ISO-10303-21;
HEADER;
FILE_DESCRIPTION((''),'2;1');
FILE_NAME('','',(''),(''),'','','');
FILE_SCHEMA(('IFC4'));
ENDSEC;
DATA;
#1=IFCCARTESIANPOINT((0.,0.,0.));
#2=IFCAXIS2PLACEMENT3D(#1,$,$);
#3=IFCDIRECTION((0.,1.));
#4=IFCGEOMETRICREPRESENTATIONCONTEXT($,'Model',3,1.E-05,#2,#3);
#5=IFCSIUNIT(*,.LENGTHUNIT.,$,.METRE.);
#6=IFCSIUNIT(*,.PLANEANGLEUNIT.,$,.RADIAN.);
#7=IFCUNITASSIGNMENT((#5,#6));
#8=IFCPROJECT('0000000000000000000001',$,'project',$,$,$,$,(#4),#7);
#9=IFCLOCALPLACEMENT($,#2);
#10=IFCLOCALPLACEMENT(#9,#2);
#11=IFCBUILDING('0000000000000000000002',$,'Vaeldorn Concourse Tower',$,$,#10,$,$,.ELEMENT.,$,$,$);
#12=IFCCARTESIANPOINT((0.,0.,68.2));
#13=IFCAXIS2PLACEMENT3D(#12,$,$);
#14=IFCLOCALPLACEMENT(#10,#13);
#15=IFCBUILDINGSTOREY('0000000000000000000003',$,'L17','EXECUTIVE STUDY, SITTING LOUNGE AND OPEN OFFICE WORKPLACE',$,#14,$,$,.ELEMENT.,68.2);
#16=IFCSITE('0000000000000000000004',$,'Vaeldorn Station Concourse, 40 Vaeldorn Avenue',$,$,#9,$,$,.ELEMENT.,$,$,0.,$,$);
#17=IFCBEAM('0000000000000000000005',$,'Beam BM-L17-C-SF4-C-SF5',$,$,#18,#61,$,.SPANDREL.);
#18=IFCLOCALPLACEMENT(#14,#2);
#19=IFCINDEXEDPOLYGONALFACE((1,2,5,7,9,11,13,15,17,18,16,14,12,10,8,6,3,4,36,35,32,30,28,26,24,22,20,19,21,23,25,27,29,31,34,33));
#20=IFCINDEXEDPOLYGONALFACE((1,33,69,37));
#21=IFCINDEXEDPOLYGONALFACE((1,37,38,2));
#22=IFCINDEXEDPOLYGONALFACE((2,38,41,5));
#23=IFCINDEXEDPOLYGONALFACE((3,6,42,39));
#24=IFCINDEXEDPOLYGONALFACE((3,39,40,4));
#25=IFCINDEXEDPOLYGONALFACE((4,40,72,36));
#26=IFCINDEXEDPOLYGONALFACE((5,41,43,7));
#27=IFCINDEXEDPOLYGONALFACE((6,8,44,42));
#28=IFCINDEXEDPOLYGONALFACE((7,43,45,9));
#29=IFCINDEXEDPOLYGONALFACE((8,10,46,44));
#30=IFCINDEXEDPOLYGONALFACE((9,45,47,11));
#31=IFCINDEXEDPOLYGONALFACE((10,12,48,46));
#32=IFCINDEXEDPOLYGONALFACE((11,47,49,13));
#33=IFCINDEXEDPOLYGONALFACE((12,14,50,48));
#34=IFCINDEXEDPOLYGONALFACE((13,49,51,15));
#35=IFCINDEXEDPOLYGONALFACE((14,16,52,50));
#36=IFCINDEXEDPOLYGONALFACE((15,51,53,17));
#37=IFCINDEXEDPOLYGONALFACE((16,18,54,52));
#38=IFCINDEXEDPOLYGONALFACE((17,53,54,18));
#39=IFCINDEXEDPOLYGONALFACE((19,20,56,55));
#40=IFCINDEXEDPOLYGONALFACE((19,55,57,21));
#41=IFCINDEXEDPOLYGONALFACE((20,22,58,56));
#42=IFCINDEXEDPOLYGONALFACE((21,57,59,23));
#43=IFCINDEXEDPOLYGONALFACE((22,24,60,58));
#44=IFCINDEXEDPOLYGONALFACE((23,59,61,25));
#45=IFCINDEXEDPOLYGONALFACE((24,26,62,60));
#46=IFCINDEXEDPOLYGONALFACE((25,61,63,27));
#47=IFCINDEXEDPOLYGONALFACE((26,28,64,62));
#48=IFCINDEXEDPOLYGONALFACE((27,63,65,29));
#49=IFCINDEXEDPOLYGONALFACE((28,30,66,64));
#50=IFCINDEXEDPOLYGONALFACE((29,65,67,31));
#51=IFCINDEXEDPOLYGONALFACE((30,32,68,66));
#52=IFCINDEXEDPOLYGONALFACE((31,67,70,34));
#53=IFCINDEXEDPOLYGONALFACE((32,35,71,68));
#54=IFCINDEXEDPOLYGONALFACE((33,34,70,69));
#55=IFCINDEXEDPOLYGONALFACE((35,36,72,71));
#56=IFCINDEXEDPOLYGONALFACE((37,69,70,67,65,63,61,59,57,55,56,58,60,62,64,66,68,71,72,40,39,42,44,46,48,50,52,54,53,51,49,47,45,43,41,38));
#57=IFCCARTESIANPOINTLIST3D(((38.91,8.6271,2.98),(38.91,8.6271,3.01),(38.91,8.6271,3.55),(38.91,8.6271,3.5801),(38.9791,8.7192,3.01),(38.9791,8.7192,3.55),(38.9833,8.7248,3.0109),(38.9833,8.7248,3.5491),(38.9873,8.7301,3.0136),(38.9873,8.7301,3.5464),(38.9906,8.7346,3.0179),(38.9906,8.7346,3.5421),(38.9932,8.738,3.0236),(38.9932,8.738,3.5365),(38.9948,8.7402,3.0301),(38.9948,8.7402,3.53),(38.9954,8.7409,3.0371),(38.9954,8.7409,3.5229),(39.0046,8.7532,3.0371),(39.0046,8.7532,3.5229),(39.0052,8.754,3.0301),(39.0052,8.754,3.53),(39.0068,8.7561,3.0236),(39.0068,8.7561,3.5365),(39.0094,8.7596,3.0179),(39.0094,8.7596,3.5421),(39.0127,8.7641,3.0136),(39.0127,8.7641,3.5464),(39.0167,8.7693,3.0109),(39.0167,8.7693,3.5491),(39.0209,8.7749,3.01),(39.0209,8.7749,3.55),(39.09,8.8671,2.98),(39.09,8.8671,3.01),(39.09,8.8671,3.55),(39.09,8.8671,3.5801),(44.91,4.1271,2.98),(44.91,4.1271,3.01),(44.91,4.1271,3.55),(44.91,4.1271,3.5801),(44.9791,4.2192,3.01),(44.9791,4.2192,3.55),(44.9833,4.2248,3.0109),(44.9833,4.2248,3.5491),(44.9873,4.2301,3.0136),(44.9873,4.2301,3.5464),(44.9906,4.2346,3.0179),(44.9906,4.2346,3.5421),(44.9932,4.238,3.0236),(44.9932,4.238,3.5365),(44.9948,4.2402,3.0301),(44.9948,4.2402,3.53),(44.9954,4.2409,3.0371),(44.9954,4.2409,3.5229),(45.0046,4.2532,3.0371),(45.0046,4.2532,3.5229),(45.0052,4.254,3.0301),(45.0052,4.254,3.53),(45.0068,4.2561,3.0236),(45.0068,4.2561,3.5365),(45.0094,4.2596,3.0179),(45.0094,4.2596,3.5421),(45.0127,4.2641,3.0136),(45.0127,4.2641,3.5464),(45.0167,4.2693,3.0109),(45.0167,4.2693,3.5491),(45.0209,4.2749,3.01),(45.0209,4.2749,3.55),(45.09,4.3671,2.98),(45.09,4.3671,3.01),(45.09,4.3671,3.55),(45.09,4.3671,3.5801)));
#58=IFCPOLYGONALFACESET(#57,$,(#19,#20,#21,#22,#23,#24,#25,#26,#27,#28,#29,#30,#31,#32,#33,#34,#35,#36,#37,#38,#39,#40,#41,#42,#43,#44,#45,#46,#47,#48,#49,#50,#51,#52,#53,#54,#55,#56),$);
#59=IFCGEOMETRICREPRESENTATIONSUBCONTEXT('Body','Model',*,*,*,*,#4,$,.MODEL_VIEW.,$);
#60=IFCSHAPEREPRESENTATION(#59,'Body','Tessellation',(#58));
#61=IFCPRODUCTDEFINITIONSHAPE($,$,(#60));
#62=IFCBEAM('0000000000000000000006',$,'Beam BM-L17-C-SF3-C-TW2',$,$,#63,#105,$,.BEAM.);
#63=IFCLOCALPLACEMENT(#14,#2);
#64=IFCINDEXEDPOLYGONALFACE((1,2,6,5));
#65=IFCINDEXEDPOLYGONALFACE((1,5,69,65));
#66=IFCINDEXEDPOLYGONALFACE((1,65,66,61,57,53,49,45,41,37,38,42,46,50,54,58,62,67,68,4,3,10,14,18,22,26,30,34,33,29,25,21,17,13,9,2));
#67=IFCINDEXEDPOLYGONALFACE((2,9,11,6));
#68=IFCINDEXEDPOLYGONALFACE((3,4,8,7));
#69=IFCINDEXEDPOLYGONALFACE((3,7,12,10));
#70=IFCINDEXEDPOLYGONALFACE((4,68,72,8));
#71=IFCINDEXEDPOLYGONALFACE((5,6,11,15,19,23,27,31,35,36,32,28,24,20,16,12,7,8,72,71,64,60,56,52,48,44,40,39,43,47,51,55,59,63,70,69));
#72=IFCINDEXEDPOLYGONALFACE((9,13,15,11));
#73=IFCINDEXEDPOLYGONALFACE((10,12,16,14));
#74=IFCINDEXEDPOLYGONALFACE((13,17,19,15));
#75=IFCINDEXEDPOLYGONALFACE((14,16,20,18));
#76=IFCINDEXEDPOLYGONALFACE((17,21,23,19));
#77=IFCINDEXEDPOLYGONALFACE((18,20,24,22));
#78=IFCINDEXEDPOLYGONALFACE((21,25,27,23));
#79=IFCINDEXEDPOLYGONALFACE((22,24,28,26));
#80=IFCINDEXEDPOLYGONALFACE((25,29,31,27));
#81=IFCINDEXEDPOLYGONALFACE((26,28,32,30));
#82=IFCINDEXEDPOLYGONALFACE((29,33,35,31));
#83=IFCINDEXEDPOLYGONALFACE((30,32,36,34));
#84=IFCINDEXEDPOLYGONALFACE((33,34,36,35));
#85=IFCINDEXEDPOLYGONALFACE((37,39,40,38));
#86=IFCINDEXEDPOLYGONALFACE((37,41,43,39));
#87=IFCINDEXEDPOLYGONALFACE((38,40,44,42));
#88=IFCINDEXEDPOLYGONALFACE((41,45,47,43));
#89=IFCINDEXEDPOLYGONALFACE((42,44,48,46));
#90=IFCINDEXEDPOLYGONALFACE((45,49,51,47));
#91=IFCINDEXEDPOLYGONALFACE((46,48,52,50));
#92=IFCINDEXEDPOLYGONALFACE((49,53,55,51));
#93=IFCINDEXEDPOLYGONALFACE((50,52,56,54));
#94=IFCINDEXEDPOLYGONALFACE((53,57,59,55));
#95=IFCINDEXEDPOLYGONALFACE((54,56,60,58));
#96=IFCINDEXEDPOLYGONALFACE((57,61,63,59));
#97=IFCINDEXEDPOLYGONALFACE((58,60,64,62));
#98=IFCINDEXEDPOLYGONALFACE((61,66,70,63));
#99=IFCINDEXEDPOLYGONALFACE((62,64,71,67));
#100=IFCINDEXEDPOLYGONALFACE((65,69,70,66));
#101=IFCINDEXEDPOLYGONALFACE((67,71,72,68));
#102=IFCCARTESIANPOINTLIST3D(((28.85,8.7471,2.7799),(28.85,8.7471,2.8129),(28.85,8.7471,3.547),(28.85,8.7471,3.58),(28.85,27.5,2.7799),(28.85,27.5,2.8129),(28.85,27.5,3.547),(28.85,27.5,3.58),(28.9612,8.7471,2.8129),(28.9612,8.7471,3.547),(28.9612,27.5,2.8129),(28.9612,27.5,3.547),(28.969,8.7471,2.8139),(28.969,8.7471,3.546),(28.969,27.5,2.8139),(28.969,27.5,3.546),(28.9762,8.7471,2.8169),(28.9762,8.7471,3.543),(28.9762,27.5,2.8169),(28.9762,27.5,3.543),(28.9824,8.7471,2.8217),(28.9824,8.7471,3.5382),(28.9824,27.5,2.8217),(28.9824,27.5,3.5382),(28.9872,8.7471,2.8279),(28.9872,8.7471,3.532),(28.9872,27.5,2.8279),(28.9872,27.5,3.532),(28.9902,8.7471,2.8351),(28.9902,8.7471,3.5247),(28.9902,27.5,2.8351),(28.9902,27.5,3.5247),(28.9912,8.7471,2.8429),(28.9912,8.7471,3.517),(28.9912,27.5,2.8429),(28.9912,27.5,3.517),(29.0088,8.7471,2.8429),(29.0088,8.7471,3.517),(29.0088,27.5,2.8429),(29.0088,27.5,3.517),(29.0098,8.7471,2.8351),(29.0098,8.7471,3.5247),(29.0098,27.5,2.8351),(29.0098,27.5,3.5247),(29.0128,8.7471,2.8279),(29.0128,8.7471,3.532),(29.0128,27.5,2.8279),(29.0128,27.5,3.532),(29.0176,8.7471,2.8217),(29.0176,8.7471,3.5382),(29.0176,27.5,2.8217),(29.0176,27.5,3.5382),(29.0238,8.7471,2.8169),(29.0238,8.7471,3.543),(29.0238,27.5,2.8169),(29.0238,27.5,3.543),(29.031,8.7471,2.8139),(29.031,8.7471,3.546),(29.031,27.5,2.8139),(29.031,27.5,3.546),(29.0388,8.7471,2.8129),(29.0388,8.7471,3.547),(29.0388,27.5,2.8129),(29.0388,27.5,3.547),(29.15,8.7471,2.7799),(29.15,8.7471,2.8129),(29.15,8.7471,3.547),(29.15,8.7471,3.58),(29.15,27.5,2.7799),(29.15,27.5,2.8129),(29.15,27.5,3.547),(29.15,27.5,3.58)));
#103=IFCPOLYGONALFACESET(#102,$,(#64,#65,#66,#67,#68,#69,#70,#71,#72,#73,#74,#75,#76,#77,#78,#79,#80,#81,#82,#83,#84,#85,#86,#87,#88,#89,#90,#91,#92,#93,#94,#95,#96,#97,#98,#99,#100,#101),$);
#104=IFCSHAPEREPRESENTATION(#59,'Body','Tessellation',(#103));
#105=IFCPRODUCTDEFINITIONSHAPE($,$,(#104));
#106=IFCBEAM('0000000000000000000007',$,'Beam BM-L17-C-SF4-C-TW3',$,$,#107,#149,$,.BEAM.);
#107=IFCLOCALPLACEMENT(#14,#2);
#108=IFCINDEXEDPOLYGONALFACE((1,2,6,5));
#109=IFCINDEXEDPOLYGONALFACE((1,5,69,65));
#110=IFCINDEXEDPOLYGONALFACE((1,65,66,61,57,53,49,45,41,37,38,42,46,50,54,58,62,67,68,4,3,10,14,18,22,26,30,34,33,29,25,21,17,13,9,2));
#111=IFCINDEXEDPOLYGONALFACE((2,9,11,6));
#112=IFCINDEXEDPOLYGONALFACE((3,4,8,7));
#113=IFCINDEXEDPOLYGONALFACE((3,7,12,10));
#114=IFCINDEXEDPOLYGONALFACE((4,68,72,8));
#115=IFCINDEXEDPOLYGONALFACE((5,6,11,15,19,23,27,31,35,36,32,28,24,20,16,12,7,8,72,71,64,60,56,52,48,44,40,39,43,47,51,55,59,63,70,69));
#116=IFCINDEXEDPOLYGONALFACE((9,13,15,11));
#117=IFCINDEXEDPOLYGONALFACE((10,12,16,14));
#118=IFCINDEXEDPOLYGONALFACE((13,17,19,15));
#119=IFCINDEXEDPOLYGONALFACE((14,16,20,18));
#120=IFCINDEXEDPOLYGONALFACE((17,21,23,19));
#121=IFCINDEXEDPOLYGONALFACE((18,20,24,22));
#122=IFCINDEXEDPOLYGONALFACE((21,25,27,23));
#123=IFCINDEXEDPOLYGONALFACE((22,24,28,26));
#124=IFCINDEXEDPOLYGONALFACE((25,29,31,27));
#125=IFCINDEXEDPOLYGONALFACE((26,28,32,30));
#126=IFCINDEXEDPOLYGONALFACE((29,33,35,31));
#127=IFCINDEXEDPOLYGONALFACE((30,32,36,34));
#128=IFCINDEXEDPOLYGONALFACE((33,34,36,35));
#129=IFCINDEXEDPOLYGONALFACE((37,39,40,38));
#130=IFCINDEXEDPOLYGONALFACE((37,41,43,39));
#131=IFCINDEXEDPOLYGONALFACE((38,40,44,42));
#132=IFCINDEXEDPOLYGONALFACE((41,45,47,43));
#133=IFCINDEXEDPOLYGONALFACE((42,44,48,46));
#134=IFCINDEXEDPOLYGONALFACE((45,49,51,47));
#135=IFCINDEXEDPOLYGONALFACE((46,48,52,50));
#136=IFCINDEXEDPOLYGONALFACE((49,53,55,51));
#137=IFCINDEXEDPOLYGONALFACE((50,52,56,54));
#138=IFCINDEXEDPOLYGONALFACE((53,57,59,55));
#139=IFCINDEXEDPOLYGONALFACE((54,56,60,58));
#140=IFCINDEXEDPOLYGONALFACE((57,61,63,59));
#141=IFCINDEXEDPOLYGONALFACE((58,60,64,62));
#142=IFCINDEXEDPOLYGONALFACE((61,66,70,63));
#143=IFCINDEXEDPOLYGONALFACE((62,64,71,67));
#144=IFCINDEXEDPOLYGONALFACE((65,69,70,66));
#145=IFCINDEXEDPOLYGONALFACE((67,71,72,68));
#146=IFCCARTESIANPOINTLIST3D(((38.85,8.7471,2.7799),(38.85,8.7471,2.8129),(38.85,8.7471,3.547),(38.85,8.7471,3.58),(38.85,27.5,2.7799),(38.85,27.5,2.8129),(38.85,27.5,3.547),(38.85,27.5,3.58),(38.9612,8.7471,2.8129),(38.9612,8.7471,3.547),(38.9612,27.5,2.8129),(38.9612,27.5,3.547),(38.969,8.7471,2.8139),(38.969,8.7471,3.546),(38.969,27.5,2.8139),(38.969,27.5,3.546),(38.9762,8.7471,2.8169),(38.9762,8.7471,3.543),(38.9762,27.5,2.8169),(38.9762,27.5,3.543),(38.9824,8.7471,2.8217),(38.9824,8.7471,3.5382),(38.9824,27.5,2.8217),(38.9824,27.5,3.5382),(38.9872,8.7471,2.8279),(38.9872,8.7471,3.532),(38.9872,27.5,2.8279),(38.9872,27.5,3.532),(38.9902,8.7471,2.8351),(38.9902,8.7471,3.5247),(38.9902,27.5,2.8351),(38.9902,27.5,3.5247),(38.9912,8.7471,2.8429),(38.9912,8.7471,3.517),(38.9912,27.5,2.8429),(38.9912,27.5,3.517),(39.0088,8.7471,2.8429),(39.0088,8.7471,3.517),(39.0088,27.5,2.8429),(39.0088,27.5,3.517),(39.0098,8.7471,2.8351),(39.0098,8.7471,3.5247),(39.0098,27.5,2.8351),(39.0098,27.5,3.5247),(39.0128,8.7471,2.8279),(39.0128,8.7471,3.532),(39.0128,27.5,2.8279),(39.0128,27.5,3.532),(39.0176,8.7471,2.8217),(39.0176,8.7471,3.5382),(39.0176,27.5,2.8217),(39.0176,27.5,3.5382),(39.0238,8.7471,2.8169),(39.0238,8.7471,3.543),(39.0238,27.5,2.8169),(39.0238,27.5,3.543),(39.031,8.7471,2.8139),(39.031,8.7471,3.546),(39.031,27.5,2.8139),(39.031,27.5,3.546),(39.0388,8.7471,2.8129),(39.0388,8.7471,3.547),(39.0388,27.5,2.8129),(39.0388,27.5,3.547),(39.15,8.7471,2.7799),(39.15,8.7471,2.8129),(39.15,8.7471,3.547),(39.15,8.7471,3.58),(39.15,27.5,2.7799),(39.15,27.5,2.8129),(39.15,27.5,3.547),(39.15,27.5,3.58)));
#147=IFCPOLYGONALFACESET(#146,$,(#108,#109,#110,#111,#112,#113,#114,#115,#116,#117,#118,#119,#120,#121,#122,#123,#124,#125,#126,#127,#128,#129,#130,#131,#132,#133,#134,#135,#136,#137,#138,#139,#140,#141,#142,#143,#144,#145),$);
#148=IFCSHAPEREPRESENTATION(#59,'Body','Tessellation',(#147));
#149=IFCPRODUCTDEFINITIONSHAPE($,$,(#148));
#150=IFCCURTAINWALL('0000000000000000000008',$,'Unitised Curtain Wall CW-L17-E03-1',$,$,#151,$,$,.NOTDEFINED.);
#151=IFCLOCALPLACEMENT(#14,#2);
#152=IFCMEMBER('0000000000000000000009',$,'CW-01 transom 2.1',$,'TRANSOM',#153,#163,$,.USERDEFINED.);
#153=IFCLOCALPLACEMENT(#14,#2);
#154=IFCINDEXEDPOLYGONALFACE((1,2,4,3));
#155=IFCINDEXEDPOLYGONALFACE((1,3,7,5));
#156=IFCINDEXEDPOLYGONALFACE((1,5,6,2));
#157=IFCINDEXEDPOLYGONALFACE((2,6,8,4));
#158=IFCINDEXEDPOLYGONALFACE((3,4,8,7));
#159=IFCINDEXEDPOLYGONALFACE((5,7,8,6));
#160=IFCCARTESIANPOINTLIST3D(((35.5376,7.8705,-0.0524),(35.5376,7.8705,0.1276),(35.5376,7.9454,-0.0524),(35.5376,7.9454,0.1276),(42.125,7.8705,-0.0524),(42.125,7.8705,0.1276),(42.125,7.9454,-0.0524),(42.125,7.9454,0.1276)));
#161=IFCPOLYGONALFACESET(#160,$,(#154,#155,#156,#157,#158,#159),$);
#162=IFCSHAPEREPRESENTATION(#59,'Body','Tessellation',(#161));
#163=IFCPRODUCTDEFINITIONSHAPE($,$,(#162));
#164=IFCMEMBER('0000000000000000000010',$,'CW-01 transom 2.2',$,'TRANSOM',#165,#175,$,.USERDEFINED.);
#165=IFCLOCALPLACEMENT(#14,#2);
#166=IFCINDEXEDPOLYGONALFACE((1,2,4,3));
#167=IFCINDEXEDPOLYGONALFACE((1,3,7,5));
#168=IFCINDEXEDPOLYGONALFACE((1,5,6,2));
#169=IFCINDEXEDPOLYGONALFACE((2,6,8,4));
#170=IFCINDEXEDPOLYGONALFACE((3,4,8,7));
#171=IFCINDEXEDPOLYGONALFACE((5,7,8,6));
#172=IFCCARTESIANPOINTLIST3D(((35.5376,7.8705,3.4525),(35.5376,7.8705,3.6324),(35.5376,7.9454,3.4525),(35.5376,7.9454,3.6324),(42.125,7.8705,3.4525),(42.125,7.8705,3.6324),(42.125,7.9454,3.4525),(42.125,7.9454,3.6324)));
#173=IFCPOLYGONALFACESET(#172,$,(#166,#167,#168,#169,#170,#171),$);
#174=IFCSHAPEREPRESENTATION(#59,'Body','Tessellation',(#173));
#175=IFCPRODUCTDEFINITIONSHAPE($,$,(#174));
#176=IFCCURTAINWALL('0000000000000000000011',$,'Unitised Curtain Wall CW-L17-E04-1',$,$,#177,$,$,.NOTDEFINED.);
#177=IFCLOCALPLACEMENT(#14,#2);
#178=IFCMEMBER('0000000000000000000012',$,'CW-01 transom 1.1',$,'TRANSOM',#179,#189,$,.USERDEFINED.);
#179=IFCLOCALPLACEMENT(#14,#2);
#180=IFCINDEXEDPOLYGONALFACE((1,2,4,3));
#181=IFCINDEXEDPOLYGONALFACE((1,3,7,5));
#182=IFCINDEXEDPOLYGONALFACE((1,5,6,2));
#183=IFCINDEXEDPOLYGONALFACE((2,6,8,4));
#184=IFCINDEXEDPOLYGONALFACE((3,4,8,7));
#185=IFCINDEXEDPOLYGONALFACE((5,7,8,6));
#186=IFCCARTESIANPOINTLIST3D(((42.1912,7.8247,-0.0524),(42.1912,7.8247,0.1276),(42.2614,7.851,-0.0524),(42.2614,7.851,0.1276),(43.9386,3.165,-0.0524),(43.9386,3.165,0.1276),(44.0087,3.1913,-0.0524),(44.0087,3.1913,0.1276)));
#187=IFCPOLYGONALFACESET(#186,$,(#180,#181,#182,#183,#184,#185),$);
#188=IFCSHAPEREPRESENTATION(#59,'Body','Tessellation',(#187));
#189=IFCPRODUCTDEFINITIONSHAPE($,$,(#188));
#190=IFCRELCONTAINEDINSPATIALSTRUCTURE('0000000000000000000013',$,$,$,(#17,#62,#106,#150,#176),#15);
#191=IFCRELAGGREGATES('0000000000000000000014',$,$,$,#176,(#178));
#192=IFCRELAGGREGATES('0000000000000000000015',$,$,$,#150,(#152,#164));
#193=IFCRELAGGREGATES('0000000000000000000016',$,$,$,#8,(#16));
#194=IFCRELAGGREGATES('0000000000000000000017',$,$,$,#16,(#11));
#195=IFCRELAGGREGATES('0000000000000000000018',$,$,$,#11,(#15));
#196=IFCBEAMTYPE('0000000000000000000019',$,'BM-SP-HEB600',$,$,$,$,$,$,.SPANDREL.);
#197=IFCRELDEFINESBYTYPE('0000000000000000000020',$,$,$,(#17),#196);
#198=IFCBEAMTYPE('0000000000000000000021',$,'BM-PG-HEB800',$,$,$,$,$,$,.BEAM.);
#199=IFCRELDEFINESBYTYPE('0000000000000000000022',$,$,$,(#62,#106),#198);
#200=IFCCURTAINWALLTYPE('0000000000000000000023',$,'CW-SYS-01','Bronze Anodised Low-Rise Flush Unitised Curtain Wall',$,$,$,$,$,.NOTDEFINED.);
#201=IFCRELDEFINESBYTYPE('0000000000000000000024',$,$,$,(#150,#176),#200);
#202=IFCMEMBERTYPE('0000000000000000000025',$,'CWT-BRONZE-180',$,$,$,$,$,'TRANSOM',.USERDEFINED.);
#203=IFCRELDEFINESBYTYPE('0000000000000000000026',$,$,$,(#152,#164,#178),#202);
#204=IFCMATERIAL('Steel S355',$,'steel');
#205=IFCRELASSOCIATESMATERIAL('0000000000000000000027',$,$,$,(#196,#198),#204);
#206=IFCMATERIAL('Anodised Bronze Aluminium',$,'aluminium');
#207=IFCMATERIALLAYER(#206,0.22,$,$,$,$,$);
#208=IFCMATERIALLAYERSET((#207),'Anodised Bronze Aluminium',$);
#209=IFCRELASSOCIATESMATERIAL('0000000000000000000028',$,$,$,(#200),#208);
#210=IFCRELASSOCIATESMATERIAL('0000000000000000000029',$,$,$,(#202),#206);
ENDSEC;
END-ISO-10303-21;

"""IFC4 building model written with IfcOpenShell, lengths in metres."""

from ifc_helpers import new_model, si_unit, direction, frame, origin, origin_2d, place, context, subcontext, project, spatial, rectangle, i_section, extrude, source, transform, mapped, material, layer, layer_set, material_profile, profile_set, type_object, element, aggregate, save


model = new_model("IFC4")

# Units and contexts
model_context = context("Model", 3, precision=1e-05, world=origin(), true_north=direction((0.0, 1.0)))
body_context = subcontext(model_context, "Body", "Model", "MODEL_VIEW")
ifc_project = project(units=[si_unit("LENGTHUNIT", "METRE"), si_unit("PLANEANGLEUNIT", "RADIAN")], contexts=[model_context])

# Site, building, storey
site_placement = place(None, origin())
site = spatial("IfcSite", under=ifc_project, at=site_placement, Name="Vaeldorn Station Concourse, 40 Vaeldorn Avenue", CompositionType="ELEMENT", RefElevation=0.0)
building_placement = place(site_placement, origin())
building = spatial("IfcBuilding", under=site, at=building_placement, Name="Vaeldorn Concourse Tower", CompositionType="ELEMENT")
storey_placement = place(building_placement, frame((0.0, 0.0, 68.2)))
storey = spatial("IfcBuildingStorey", under=building, at=storey_placement, Name="L17", Description="EXECUTIVE STUDY, SITTING LOUNGE AND OPEN OFFICE WORKPLACE", CompositionType="ELEMENT", Elevation=68.2)

# Beams
ifc_material_1 = material(Name="Steel S355", Category="steel")
ifc_material_profile_1 = material_profile(ifc_material_1, i_section(OverallWidth=0.3, OverallDepth=0.6001, WebThickness=0.0154, FlangeThickness=0.03, FilletRadius=0.0271, at=origin_2d()), Name="HEB 600")
ifc_profile_set_1 = profile_set([ifc_material_profile_1], Name="Steel S355")
beam_type_1 = type_object("IfcBeamType", Name="BM-SP-HEB600", PredefinedType="SPANDREL", material=ifc_profile_set_1)
shared_shape_1 = source(origin(), body_context, "Body", "SweptSolid", [
    extrude(i_section(OverallWidth=0.3, OverallDepth=0.6001, WebThickness=0.0154, FlangeThickness=0.03, FilletRadius=0.0271, at=origin_2d()), origin(), (0.0, 0.0, 1.0), 7.5),
])
beam_1_placement = place(storey_placement, frame((39.0, 8.7471, 3.28), z_axis=(0.8, -0.6, 0.0), x_axis=(0.6, 0.8, 0.0)))
element("IfcBeam", 1, at=beam_1_placement, inside=storey, type_object=beam_type_1, Name="Beam BM-L17-C-SF4-C-SF5", PredefinedType="SPANDREL", context=body_context, shape_type="MappedRepresentation", body=[
    mapped(shared_shape_1, transform((0.0, 0.0, 0.0), scale=1.0)),
])
ifc_material_profile_2 = material_profile(ifc_material_1, i_section(OverallWidth=0.3, OverallDepth=0.8, WebThickness=0.0176, FlangeThickness=0.033, FilletRadius=0.03, at=origin_2d()), Name="HEB 800")
ifc_profile_set_2 = profile_set([ifc_material_profile_2], Name="Steel S355")
beam_type_2 = type_object("IfcBeamType", Name="BM-PG-HEB800", PredefinedType="BEAM", material=ifc_profile_set_2)
shared_shape_2 = source(origin(), body_context, "Body", "SweptSolid", [
    extrude(i_section(OverallWidth=0.3, OverallDepth=0.8, WebThickness=0.0176, FlangeThickness=0.033, FilletRadius=0.03, at=origin_2d()), origin(), (0.0, 0.0, 1.0), 18.7529),
])
for number, where, z_axis, x_axis, name in (
    (2, (29.0, 8.7471, 3.1799), (0.0, 1.0, 0.0), (-1.0, 0.0, 0.0), "Beam BM-L17-C-SF3-C-TW2"),
    (3, (39.0, 8.7471, 3.1799), (0.0, 1.0, 0.0), (-1.0, 0.0, 0.0), "Beam BM-L17-C-SF4-C-TW3"),
):
    element("IfcBeam", number, at=place(storey_placement, frame(where, z_axis=z_axis, x_axis=x_axis)), inside=storey, type_object=beam_type_2, Name=name, PredefinedType="BEAM", context=body_context, shape_type="MappedRepresentation", body=[
        mapped(shared_shape_2, transform((0.0, 0.0, 0.0), scale=1.0)),
    ])

# Curtain walls, members
ifc_material_2 = material(Name="Anodised Bronze Aluminium", Category="aluminium")
ifc_layer_1 = layer(ifc_material_2, 0.22)
ifc_layer_set_1 = layer_set([ifc_layer_1], Name="Anodised Bronze Aluminium")
curtain_wall_type = type_object("IfcCurtainWallType", Name="CW-SYS-01", Description="Bronze Anodised Low-Rise Flush Unitised Curtain Wall", PredefinedType="NOTDEFINED", material=ifc_layer_set_1)
curtain_wall_1_placement = place(storey_placement, origin())
curtain_wall_1 = element("IfcCurtainWall", 4, at=curtain_wall_1_placement, inside=storey, type_object=curtain_wall_type, Name="Unitised Curtain Wall CW-L17-E03-1", PredefinedType="NOTDEFINED")
ifc_material_profile_3 = material_profile(ifc_material_2, rectangle(XDim=0.075, YDim=0.1799, at=origin_2d()), Name="CWT 75x180")
ifc_profile_set_3 = profile_set([ifc_material_profile_3], Name="Anodised Bronze Aluminium")
member_type_1 = type_object("IfcMemberType", Name="CWT-BRONZE-180", ElementType="TRANSOM", PredefinedType="USERDEFINED", material=ifc_profile_set_3)
shared_shape_3 = source(origin(), body_context, "Body", "SweptSolid", [
    extrude(rectangle(XDim=0.075, YDim=0.1799, at=origin_2d()), origin(), (0.0, 0.0, 1.0), 6.5874),
])
member_1_placement = place(storey_placement, frame((35.5376, 7.908, 0.0376), z_axis=(1.0, 0.0, 0.0), x_axis=(0.0, 1.0, 0.0)))
member_1 = element("IfcMember", 5, at=member_1_placement, type_object=member_type_1, Name="CW-01 transom 2.1", ObjectType="TRANSOM", PredefinedType="USERDEFINED", context=body_context, shape_type="MappedRepresentation", body=[
    mapped(shared_shape_3, transform((0.0, 0.0, 0.0), scale=1.0)),
])
member_2_placement = place(storey_placement, frame((35.5376, 7.908, 3.5425), z_axis=(1.0, 0.0, 0.0), x_axis=(0.0, 1.0, 0.0)))
member_2 = element("IfcMember", 6, at=member_2_placement, type_object=member_type_1, Name="CW-01 transom 2.2", ObjectType="TRANSOM", PredefinedType="USERDEFINED", context=body_context, shape_type="MappedRepresentation", body=[
    mapped(shared_shape_3, transform((0.0, 0.0, 0.0), scale=1.0)),
])
curtain_wall_2_placement = place(storey_placement, origin())
curtain_wall_2 = element("IfcCurtainWall", 7, at=curtain_wall_2_placement, inside=storey, type_object=curtain_wall_type, Name="Unitised Curtain Wall CW-L17-E04-1", PredefinedType="NOTDEFINED")
shared_shape_4 = source(origin(), body_context, "Body", "SweptSolid", [
    extrude(rectangle(XDim=0.075, YDim=0.1799, at=origin_2d()), origin(), (0.0, 0.0, 1.0), 4.9766),
])
member_3_placement = place(storey_placement, frame((42.2263, 7.8379, 0.0376), z_axis=(0.351113, -0.936333, 0.0), x_axis=(0.936333, 0.351113, 0.0)))
member_3 = element("IfcMember", 8, at=member_3_placement, type_object=member_type_1, Name="CW-01 transom 1.1", ObjectType="TRANSOM", PredefinedType="USERDEFINED", context=body_context, shape_type="MappedRepresentation", body=[
    mapped(shared_shape_4, transform((0.0, 0.0, 0.0), scale=1.0)),
])

aggregate(curtain_wall_2, [member_3])
aggregate(curtain_wall_1, [member_1, member_2])

save(model, "model.ifc")
